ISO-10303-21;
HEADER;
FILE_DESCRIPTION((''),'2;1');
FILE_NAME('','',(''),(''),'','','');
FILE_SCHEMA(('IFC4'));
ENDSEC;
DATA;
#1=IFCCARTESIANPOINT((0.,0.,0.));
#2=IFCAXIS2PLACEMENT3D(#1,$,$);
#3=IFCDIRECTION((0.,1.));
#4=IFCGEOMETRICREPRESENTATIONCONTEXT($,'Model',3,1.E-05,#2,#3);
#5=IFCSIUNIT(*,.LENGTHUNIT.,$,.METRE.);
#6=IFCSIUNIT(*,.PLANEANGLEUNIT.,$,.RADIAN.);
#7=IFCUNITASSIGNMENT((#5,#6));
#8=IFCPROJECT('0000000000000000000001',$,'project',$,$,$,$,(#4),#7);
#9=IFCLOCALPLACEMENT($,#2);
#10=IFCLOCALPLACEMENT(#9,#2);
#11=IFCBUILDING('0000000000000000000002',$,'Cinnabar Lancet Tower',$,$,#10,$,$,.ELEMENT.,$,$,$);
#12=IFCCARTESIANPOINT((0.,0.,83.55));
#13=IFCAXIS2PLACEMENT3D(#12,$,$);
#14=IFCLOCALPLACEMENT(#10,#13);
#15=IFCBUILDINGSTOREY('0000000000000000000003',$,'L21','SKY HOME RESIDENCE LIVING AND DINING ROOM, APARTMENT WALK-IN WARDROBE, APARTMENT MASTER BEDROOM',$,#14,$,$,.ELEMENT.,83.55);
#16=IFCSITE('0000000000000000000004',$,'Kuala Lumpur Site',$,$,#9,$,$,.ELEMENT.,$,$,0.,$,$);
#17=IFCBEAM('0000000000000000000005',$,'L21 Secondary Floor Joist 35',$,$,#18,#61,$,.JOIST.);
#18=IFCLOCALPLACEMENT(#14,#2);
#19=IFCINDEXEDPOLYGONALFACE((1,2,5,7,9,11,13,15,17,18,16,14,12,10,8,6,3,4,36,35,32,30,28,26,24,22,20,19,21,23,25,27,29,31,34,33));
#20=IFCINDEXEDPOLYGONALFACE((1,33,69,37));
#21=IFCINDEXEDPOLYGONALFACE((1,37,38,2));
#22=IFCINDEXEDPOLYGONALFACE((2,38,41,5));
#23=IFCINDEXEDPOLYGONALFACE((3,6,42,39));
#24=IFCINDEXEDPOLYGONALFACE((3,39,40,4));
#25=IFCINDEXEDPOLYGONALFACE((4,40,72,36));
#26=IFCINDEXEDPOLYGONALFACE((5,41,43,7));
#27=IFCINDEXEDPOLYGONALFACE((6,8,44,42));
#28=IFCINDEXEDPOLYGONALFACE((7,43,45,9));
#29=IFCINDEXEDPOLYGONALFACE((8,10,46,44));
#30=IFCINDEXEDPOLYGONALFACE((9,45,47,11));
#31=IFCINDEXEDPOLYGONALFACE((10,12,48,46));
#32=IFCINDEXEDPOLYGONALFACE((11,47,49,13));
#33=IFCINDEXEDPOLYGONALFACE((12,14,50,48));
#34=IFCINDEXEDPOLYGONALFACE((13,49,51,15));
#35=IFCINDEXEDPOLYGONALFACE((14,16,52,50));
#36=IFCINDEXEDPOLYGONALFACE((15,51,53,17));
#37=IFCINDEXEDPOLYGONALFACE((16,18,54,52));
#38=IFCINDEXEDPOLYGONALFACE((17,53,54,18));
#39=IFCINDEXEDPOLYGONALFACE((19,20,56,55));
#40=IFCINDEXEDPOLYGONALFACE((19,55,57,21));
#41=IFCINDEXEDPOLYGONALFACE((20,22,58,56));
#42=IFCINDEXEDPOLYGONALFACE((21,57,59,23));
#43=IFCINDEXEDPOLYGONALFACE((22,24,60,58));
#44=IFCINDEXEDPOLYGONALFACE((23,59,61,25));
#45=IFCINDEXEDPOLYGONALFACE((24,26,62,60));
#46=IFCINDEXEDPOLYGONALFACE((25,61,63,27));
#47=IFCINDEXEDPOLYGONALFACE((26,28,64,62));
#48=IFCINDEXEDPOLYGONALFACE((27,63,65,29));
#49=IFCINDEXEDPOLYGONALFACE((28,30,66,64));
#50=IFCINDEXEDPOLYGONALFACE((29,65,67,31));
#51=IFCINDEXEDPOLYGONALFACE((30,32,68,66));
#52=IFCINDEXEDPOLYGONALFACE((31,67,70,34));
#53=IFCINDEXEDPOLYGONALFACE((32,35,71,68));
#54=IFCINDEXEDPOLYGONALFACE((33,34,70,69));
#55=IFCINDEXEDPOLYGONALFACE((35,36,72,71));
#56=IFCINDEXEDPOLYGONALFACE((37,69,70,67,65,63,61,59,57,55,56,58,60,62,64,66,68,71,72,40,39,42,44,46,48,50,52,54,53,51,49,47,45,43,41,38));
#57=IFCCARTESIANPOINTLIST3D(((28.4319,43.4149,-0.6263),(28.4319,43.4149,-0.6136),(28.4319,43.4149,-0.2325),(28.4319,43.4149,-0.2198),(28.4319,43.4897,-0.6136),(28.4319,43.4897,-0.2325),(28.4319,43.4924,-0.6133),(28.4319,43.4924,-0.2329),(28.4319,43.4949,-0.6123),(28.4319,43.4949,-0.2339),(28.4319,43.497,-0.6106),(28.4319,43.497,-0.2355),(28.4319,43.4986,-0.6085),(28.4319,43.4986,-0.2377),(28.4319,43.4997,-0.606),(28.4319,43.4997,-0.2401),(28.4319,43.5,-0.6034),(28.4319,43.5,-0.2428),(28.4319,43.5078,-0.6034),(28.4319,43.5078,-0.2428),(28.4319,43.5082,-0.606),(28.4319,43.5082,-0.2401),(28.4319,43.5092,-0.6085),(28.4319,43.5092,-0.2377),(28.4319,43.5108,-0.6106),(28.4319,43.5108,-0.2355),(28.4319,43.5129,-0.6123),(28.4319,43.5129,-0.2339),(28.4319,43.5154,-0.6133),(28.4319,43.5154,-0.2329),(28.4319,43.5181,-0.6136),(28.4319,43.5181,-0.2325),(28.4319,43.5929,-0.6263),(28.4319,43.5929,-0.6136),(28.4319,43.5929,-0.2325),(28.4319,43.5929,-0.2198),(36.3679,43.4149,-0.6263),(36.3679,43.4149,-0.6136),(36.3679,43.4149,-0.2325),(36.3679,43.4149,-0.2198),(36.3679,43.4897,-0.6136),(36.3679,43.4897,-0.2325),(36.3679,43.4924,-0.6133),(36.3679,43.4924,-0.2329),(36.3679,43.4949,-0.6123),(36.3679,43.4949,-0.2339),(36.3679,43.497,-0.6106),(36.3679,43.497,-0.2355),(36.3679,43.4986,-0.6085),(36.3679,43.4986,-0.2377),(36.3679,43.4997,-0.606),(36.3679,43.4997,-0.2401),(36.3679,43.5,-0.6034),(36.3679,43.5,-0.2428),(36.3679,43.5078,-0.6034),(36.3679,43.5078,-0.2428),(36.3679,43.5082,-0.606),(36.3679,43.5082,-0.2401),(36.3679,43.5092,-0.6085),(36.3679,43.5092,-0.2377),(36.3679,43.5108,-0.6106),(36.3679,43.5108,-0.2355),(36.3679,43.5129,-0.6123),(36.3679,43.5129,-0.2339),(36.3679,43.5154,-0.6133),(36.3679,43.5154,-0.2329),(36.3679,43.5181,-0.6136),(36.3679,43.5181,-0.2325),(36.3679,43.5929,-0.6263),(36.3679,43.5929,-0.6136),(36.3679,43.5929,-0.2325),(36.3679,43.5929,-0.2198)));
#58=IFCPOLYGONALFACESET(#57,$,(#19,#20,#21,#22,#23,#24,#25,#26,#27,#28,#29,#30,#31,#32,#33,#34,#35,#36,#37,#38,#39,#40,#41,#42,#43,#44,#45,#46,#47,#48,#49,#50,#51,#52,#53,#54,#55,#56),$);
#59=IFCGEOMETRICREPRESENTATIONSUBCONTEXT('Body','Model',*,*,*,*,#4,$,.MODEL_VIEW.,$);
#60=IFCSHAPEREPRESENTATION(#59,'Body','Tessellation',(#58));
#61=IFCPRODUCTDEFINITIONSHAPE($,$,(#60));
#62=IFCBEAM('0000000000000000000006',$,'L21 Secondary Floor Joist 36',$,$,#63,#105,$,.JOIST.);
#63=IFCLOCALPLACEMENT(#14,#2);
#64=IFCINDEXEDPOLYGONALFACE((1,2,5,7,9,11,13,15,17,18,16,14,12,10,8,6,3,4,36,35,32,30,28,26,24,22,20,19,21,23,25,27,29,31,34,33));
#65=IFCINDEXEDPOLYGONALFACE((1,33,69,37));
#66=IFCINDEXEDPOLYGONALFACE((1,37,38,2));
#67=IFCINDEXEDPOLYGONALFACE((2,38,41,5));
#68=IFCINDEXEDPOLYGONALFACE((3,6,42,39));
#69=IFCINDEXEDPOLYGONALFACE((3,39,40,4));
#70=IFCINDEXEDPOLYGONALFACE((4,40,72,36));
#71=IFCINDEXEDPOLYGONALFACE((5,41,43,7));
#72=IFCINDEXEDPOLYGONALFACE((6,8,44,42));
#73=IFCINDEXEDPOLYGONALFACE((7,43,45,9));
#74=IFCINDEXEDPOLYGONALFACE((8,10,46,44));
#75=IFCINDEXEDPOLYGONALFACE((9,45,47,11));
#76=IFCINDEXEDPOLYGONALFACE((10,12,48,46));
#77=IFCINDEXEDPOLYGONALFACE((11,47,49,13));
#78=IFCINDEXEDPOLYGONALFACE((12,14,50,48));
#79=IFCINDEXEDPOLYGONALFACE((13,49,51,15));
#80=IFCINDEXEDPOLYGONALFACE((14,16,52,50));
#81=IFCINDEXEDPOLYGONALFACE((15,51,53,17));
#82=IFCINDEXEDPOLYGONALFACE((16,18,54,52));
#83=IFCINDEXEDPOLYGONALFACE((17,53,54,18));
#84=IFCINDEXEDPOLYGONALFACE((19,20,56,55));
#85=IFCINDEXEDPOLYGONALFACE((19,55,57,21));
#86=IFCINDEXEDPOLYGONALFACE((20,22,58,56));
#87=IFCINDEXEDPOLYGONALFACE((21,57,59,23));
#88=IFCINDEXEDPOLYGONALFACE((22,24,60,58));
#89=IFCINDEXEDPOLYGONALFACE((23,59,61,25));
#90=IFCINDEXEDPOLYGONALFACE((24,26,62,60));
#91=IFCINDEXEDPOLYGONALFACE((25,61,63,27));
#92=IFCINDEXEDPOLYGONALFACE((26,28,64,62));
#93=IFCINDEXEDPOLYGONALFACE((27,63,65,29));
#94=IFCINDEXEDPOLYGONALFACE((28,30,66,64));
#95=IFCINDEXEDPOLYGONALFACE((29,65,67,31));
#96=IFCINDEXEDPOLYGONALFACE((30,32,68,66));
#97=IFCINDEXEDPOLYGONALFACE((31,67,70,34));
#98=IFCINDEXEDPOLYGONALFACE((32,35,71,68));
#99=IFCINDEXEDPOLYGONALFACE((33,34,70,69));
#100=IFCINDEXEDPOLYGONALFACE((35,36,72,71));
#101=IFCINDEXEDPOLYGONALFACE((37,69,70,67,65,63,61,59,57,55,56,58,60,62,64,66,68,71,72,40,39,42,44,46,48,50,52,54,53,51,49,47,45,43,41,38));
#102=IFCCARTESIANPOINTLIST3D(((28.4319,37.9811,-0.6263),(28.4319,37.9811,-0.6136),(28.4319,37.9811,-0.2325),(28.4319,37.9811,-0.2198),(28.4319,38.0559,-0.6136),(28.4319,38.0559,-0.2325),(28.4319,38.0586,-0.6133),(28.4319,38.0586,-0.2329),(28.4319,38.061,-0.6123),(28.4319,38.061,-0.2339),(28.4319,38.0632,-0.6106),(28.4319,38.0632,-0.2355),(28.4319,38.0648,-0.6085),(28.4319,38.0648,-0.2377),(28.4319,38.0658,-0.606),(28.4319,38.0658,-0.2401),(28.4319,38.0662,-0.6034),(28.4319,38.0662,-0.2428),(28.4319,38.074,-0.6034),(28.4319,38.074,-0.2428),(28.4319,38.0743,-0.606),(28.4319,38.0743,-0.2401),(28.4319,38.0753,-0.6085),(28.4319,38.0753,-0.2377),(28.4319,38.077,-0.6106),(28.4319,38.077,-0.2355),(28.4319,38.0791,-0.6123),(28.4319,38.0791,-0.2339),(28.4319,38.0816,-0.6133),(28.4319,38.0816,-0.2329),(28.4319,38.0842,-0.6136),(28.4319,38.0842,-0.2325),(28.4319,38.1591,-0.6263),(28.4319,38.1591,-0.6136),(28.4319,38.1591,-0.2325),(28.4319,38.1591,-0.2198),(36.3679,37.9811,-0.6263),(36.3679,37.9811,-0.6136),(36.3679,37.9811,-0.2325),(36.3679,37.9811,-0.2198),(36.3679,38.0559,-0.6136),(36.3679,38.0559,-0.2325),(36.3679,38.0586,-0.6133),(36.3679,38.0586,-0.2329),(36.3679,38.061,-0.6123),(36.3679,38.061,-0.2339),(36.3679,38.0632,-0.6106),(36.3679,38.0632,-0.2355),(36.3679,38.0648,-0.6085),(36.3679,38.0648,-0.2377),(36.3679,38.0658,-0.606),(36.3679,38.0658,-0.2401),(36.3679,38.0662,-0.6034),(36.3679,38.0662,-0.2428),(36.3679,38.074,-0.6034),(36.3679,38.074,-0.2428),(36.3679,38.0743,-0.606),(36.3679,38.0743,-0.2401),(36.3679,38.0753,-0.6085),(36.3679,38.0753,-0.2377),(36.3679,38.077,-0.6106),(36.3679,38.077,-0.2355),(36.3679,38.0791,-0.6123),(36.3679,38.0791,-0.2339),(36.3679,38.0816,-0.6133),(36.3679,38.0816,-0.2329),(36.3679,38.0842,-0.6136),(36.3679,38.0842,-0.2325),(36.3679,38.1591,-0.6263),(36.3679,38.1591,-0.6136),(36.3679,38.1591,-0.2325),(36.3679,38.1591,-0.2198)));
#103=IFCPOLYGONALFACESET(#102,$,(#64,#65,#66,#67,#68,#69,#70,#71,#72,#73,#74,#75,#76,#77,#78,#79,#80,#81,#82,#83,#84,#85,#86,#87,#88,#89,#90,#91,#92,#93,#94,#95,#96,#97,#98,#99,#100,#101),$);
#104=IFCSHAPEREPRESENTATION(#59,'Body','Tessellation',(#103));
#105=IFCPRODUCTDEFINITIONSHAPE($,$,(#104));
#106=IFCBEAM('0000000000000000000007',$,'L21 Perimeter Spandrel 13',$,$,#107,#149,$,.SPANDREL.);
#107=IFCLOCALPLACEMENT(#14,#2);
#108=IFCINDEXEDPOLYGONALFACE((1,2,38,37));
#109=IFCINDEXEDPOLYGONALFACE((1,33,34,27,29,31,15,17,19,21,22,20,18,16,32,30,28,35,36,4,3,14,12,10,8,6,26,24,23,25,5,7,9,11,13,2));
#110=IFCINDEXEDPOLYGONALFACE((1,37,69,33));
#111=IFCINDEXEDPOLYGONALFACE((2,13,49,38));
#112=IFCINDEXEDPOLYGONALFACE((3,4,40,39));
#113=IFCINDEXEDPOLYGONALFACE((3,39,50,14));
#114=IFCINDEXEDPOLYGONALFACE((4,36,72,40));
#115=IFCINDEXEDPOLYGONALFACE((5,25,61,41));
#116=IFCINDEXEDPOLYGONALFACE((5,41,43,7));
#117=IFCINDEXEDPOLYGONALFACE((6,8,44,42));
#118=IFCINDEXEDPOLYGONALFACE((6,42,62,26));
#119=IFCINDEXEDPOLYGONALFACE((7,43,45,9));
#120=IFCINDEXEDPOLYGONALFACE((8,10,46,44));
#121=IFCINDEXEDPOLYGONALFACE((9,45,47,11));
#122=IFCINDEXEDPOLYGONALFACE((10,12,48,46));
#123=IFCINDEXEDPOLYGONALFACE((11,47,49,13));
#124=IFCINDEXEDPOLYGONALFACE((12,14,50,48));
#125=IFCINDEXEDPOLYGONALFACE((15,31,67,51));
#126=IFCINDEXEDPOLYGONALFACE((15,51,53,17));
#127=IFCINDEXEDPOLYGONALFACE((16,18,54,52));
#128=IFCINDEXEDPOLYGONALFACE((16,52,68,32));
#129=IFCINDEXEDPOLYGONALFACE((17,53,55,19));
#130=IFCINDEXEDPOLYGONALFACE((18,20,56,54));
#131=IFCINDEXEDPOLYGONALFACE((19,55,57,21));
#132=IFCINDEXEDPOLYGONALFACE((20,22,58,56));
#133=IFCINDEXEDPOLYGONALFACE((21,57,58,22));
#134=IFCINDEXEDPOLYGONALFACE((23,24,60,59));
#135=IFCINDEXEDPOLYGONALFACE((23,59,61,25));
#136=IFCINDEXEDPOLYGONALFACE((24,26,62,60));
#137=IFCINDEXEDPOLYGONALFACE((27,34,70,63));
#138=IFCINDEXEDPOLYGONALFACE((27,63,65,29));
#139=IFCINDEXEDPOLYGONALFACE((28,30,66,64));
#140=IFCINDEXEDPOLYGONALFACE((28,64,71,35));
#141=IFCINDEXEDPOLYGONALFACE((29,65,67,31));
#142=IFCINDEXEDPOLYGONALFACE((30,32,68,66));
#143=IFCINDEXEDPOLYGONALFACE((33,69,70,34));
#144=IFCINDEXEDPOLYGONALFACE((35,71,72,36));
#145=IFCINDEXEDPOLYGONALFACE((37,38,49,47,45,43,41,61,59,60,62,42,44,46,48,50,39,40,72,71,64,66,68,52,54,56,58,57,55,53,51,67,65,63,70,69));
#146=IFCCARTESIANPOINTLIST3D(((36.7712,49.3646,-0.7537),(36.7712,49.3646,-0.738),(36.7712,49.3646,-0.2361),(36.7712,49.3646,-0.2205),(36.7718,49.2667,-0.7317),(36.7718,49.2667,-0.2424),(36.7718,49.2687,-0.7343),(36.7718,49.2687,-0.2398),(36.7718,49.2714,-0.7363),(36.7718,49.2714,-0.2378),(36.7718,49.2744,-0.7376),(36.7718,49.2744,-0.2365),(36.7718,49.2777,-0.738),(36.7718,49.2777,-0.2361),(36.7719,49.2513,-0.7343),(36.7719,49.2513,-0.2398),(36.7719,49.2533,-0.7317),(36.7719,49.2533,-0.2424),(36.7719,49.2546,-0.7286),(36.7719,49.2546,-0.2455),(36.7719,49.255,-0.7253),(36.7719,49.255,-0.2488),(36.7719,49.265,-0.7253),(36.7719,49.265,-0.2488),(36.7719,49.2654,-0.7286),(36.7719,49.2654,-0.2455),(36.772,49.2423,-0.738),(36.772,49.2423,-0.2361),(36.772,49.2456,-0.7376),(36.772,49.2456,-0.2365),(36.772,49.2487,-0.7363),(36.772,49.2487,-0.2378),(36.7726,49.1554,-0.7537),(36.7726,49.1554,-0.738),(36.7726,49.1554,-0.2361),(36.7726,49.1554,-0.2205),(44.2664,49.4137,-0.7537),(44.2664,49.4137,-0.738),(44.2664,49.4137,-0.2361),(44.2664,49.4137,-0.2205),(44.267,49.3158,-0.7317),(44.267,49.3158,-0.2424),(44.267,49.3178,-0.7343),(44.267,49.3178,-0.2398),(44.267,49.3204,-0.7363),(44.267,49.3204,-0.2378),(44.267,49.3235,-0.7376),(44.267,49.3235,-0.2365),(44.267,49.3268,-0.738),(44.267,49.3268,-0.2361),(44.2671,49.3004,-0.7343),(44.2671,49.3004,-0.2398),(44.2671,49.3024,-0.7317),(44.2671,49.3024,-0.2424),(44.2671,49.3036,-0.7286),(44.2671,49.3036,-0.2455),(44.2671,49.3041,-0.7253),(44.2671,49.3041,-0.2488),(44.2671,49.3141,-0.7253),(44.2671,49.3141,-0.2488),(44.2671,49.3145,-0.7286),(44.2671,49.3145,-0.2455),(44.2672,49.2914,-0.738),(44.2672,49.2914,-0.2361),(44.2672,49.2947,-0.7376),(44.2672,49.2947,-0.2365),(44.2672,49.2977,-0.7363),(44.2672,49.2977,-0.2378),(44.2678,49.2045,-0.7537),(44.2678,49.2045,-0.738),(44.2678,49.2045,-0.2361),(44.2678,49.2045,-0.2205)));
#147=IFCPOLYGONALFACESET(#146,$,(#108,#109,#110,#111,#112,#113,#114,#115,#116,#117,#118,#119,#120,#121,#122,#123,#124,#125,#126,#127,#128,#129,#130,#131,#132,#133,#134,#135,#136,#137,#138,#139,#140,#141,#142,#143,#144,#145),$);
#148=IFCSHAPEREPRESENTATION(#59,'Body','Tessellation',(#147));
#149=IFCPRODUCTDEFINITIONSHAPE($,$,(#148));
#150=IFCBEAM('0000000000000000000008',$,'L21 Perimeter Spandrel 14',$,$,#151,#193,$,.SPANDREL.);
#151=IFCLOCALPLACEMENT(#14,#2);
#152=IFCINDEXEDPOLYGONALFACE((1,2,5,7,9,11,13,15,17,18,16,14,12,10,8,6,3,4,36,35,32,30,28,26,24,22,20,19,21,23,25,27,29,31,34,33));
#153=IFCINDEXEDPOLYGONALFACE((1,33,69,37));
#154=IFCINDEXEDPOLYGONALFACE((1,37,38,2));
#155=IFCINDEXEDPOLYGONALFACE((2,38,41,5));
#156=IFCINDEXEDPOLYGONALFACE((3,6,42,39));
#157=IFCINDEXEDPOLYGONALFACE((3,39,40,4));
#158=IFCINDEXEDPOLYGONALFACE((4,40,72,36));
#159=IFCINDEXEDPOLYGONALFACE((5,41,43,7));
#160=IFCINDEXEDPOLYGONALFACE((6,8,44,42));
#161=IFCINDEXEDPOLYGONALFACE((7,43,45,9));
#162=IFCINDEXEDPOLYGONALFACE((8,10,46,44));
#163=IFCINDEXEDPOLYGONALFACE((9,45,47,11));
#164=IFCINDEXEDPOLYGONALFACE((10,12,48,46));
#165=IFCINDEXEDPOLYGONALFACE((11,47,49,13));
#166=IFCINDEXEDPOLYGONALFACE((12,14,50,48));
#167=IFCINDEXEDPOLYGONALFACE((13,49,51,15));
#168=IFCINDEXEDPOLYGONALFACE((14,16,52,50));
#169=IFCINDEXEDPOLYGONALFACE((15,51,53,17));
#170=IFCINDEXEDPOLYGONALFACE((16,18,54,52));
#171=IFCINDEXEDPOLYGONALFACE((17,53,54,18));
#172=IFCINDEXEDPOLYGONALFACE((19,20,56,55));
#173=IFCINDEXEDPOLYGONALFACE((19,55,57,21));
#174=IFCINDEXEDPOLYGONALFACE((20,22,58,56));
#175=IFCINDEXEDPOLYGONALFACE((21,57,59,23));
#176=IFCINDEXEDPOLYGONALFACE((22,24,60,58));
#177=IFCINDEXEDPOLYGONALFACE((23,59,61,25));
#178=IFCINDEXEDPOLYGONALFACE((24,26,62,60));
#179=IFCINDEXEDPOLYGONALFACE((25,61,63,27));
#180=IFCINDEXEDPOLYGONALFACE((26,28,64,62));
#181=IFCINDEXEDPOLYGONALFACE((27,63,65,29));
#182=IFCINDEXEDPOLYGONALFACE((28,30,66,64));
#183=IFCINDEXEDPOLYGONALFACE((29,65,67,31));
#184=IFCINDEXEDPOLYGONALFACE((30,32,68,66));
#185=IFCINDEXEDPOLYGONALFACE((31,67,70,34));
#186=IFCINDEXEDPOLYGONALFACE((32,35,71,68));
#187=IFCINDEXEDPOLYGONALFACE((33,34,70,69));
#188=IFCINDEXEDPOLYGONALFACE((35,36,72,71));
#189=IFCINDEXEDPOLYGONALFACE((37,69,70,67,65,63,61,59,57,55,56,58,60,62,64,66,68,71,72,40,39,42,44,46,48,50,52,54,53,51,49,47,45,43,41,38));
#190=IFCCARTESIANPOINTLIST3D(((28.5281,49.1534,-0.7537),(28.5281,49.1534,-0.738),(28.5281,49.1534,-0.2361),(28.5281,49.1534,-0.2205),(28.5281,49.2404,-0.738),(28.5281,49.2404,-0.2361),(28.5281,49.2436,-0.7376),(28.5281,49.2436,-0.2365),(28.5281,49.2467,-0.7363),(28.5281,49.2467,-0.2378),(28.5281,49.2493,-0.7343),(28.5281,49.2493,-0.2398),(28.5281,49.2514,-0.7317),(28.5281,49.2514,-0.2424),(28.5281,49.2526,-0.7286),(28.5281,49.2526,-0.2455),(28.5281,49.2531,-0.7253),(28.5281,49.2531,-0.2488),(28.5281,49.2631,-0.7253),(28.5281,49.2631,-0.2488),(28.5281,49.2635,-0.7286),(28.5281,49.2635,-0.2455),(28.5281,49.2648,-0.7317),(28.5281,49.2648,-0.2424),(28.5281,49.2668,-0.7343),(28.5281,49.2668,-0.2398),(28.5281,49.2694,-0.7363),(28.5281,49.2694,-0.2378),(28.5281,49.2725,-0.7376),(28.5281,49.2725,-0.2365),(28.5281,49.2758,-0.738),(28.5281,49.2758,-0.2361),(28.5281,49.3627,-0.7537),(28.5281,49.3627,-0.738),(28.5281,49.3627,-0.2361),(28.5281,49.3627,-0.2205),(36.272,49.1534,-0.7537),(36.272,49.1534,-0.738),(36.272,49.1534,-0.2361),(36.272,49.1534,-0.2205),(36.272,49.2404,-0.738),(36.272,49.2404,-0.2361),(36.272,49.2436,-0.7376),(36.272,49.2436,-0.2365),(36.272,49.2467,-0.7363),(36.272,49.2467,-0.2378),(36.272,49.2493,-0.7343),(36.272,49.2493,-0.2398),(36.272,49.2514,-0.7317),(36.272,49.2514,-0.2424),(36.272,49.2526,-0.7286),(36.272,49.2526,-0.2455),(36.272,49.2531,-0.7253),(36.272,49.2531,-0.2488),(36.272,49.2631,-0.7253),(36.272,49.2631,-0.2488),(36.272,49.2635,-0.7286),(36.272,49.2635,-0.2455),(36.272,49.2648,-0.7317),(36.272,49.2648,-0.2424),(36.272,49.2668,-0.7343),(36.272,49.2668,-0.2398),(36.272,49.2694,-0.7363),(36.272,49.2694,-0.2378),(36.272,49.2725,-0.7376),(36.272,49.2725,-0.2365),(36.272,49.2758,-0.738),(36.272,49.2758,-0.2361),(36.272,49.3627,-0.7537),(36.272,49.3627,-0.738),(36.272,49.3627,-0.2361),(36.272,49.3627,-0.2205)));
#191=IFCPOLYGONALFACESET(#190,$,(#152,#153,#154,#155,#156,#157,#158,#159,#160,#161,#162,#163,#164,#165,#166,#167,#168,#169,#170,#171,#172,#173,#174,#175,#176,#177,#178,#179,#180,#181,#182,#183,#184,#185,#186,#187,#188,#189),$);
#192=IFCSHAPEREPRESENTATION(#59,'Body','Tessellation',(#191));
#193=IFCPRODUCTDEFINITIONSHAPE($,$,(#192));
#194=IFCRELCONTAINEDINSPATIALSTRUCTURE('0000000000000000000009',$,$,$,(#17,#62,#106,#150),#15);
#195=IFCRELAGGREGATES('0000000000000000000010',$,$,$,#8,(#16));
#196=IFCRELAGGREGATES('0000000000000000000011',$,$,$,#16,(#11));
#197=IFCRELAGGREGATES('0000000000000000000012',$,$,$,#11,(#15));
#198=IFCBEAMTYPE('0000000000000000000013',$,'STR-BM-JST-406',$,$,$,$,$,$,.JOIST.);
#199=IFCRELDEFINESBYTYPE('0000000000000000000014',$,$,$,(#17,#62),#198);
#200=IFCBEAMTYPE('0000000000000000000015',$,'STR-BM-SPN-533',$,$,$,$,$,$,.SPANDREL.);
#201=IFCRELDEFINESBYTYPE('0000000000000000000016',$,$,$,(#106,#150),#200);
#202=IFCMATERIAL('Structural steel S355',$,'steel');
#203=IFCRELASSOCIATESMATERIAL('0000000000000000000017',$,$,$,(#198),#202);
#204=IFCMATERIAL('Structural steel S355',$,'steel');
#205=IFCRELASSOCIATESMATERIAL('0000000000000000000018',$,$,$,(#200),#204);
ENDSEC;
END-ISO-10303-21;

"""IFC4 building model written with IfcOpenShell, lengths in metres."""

from ifc_helpers import new_model, si_unit, direction, frame, origin, origin_2d, place, context, subcontext, project, spatial, i_section, extrude, material, material_profile, profile_set, type_object, element, save


model = new_model("IFC4")

# Units and contexts
model_context = context("Model", 3, precision=1e-05, world=origin(), true_north=direction((0.0, 1.0)))
body_context = subcontext(model_context, "Body", "Model", "MODEL_VIEW")
ifc_project = project(units=[si_unit("LENGTHUNIT", "METRE"), si_unit("PLANEANGLEUNIT", "RADIAN")], contexts=[model_context])

# Site, building, storey
site_placement = place(None, origin())
site = spatial("IfcSite", under=ifc_project, at=site_placement, Name="Kuala Lumpur Site", CompositionType="ELEMENT", RefElevation=0.0)
building_placement = place(site_placement, origin())
building = spatial("IfcBuilding", under=site, at=building_placement, Name="Cinnabar Lancet Tower", CompositionType="ELEMENT")
storey_placement = place(building_placement, frame((0.0, 0.0, 83.55)))
storey = spatial("IfcBuildingStorey", under=building, at=storey_placement, Name="L21", Description="SKY HOME RESIDENCE LIVING AND DINING ROOM, APARTMENT WALK-IN WARDROBE, APARTMENT MASTER BEDROOM", CompositionType="ELEMENT", Elevation=83.55)

# Beams
ifc_material_1 = material(Name="Structural steel S355", Category="steel")
ifc_material_profile_1 = material_profile(ifc_material_1, i_section(OverallWidth=0.178, OverallDepth=0.4065, WebThickness=0.0078, FlangeThickness=0.0127, FilletRadius=0.0103, at=origin_2d()), Name="UKB 406x178x60")
ifc_profile_set_1 = profile_set([ifc_material_profile_1], Name="Structural steel S355")
beam_type_1 = type_object("IfcBeamType", Name="STR-BM-JST-406", PredefinedType="JOIST", material=ifc_profile_set_1)
for number, where, z_axis, x_axis, name in (
    (1, (36.3679, 43.5039, -0.4231), (-1.0, 0.0, 0.0), (0.0, -1.0, 0.0), "L21 Secondary Floor Joist 35"),
    (2, (36.3679, 38.0701, -0.4231), (-1.0, 0.0, 0.0), (0.0, -1.0, 0.0), "L21 Secondary Floor Joist 36"),
):
    element("IfcBeam", number, at=place(storey_placement, frame(where, z_axis=z_axis, x_axis=x_axis)), inside=storey, type_object=beam_type_1, Name=name, PredefinedType="JOIST", context=body_context, shape_type="SweptSolid", body=[
        extrude(i_section(OverallWidth=0.178, OverallDepth=0.4065, WebThickness=0.0078, FlangeThickness=0.0127, FilletRadius=0.0103, at=origin_2d()), origin(), (0.0, 0.0, 1.0), 7.936),
    ])
ifc_material_2 = material(Name="Structural steel S355", Category="steel")
ifc_material_profile_2 = material_profile(ifc_material_2, i_section(OverallWidth=0.2092, OverallDepth=0.5332, WebThickness=0.01, FlangeThickness=0.0156, FilletRadius=0.0127, at=origin_2d()), Name="UKB 533x210x92")
ifc_profile_set_2 = profile_set([ifc_material_profile_2], Name="Structural steel S355")
beam_type_2 = type_object("IfcBeamType", Name="STR-BM-SPN-533", PredefinedType="SPANDREL", material=ifc_profile_set_2)
beam_1_placement = place(storey_placement, frame((44.2671, 49.3091, -0.4871), z_axis=(-0.999979, -0.006547, 0.0), x_axis=(0.006547, -0.999979, 0.0)))
element("IfcBeam", 3, at=beam_1_placement, inside=storey, type_object=beam_type_2, Name="L21 Perimeter Spandrel 13", PredefinedType="SPANDREL", context=body_context, shape_type="SweptSolid", body=[
    extrude(i_section(OverallWidth=0.2092, OverallDepth=0.5332, WebThickness=0.01, FlangeThickness=0.0156, FilletRadius=0.0127, at=origin_2d()), origin(), (0.0, 0.0, 1.0), 7.4954),
])
beam_2_placement = place(storey_placement, frame((36.272, 49.2581, -0.4871), z_axis=(-1.0, 0.0, 0.0), x_axis=(0.0, -1.0, 0.0)))
element("IfcBeam", 4, at=beam_2_placement, inside=storey, type_object=beam_type_2, Name="L21 Perimeter Spandrel 14", PredefinedType="SPANDREL", context=body_context, shape_type="SweptSolid", body=[
    extrude(i_section(OverallWidth=0.2092, OverallDepth=0.5332, WebThickness=0.01, FlangeThickness=0.0156, FilletRadius=0.0127, at=origin_2d()), origin(), (0.0, 0.0, 1.0), 7.7439),
])

save(model, "model.ifc")
